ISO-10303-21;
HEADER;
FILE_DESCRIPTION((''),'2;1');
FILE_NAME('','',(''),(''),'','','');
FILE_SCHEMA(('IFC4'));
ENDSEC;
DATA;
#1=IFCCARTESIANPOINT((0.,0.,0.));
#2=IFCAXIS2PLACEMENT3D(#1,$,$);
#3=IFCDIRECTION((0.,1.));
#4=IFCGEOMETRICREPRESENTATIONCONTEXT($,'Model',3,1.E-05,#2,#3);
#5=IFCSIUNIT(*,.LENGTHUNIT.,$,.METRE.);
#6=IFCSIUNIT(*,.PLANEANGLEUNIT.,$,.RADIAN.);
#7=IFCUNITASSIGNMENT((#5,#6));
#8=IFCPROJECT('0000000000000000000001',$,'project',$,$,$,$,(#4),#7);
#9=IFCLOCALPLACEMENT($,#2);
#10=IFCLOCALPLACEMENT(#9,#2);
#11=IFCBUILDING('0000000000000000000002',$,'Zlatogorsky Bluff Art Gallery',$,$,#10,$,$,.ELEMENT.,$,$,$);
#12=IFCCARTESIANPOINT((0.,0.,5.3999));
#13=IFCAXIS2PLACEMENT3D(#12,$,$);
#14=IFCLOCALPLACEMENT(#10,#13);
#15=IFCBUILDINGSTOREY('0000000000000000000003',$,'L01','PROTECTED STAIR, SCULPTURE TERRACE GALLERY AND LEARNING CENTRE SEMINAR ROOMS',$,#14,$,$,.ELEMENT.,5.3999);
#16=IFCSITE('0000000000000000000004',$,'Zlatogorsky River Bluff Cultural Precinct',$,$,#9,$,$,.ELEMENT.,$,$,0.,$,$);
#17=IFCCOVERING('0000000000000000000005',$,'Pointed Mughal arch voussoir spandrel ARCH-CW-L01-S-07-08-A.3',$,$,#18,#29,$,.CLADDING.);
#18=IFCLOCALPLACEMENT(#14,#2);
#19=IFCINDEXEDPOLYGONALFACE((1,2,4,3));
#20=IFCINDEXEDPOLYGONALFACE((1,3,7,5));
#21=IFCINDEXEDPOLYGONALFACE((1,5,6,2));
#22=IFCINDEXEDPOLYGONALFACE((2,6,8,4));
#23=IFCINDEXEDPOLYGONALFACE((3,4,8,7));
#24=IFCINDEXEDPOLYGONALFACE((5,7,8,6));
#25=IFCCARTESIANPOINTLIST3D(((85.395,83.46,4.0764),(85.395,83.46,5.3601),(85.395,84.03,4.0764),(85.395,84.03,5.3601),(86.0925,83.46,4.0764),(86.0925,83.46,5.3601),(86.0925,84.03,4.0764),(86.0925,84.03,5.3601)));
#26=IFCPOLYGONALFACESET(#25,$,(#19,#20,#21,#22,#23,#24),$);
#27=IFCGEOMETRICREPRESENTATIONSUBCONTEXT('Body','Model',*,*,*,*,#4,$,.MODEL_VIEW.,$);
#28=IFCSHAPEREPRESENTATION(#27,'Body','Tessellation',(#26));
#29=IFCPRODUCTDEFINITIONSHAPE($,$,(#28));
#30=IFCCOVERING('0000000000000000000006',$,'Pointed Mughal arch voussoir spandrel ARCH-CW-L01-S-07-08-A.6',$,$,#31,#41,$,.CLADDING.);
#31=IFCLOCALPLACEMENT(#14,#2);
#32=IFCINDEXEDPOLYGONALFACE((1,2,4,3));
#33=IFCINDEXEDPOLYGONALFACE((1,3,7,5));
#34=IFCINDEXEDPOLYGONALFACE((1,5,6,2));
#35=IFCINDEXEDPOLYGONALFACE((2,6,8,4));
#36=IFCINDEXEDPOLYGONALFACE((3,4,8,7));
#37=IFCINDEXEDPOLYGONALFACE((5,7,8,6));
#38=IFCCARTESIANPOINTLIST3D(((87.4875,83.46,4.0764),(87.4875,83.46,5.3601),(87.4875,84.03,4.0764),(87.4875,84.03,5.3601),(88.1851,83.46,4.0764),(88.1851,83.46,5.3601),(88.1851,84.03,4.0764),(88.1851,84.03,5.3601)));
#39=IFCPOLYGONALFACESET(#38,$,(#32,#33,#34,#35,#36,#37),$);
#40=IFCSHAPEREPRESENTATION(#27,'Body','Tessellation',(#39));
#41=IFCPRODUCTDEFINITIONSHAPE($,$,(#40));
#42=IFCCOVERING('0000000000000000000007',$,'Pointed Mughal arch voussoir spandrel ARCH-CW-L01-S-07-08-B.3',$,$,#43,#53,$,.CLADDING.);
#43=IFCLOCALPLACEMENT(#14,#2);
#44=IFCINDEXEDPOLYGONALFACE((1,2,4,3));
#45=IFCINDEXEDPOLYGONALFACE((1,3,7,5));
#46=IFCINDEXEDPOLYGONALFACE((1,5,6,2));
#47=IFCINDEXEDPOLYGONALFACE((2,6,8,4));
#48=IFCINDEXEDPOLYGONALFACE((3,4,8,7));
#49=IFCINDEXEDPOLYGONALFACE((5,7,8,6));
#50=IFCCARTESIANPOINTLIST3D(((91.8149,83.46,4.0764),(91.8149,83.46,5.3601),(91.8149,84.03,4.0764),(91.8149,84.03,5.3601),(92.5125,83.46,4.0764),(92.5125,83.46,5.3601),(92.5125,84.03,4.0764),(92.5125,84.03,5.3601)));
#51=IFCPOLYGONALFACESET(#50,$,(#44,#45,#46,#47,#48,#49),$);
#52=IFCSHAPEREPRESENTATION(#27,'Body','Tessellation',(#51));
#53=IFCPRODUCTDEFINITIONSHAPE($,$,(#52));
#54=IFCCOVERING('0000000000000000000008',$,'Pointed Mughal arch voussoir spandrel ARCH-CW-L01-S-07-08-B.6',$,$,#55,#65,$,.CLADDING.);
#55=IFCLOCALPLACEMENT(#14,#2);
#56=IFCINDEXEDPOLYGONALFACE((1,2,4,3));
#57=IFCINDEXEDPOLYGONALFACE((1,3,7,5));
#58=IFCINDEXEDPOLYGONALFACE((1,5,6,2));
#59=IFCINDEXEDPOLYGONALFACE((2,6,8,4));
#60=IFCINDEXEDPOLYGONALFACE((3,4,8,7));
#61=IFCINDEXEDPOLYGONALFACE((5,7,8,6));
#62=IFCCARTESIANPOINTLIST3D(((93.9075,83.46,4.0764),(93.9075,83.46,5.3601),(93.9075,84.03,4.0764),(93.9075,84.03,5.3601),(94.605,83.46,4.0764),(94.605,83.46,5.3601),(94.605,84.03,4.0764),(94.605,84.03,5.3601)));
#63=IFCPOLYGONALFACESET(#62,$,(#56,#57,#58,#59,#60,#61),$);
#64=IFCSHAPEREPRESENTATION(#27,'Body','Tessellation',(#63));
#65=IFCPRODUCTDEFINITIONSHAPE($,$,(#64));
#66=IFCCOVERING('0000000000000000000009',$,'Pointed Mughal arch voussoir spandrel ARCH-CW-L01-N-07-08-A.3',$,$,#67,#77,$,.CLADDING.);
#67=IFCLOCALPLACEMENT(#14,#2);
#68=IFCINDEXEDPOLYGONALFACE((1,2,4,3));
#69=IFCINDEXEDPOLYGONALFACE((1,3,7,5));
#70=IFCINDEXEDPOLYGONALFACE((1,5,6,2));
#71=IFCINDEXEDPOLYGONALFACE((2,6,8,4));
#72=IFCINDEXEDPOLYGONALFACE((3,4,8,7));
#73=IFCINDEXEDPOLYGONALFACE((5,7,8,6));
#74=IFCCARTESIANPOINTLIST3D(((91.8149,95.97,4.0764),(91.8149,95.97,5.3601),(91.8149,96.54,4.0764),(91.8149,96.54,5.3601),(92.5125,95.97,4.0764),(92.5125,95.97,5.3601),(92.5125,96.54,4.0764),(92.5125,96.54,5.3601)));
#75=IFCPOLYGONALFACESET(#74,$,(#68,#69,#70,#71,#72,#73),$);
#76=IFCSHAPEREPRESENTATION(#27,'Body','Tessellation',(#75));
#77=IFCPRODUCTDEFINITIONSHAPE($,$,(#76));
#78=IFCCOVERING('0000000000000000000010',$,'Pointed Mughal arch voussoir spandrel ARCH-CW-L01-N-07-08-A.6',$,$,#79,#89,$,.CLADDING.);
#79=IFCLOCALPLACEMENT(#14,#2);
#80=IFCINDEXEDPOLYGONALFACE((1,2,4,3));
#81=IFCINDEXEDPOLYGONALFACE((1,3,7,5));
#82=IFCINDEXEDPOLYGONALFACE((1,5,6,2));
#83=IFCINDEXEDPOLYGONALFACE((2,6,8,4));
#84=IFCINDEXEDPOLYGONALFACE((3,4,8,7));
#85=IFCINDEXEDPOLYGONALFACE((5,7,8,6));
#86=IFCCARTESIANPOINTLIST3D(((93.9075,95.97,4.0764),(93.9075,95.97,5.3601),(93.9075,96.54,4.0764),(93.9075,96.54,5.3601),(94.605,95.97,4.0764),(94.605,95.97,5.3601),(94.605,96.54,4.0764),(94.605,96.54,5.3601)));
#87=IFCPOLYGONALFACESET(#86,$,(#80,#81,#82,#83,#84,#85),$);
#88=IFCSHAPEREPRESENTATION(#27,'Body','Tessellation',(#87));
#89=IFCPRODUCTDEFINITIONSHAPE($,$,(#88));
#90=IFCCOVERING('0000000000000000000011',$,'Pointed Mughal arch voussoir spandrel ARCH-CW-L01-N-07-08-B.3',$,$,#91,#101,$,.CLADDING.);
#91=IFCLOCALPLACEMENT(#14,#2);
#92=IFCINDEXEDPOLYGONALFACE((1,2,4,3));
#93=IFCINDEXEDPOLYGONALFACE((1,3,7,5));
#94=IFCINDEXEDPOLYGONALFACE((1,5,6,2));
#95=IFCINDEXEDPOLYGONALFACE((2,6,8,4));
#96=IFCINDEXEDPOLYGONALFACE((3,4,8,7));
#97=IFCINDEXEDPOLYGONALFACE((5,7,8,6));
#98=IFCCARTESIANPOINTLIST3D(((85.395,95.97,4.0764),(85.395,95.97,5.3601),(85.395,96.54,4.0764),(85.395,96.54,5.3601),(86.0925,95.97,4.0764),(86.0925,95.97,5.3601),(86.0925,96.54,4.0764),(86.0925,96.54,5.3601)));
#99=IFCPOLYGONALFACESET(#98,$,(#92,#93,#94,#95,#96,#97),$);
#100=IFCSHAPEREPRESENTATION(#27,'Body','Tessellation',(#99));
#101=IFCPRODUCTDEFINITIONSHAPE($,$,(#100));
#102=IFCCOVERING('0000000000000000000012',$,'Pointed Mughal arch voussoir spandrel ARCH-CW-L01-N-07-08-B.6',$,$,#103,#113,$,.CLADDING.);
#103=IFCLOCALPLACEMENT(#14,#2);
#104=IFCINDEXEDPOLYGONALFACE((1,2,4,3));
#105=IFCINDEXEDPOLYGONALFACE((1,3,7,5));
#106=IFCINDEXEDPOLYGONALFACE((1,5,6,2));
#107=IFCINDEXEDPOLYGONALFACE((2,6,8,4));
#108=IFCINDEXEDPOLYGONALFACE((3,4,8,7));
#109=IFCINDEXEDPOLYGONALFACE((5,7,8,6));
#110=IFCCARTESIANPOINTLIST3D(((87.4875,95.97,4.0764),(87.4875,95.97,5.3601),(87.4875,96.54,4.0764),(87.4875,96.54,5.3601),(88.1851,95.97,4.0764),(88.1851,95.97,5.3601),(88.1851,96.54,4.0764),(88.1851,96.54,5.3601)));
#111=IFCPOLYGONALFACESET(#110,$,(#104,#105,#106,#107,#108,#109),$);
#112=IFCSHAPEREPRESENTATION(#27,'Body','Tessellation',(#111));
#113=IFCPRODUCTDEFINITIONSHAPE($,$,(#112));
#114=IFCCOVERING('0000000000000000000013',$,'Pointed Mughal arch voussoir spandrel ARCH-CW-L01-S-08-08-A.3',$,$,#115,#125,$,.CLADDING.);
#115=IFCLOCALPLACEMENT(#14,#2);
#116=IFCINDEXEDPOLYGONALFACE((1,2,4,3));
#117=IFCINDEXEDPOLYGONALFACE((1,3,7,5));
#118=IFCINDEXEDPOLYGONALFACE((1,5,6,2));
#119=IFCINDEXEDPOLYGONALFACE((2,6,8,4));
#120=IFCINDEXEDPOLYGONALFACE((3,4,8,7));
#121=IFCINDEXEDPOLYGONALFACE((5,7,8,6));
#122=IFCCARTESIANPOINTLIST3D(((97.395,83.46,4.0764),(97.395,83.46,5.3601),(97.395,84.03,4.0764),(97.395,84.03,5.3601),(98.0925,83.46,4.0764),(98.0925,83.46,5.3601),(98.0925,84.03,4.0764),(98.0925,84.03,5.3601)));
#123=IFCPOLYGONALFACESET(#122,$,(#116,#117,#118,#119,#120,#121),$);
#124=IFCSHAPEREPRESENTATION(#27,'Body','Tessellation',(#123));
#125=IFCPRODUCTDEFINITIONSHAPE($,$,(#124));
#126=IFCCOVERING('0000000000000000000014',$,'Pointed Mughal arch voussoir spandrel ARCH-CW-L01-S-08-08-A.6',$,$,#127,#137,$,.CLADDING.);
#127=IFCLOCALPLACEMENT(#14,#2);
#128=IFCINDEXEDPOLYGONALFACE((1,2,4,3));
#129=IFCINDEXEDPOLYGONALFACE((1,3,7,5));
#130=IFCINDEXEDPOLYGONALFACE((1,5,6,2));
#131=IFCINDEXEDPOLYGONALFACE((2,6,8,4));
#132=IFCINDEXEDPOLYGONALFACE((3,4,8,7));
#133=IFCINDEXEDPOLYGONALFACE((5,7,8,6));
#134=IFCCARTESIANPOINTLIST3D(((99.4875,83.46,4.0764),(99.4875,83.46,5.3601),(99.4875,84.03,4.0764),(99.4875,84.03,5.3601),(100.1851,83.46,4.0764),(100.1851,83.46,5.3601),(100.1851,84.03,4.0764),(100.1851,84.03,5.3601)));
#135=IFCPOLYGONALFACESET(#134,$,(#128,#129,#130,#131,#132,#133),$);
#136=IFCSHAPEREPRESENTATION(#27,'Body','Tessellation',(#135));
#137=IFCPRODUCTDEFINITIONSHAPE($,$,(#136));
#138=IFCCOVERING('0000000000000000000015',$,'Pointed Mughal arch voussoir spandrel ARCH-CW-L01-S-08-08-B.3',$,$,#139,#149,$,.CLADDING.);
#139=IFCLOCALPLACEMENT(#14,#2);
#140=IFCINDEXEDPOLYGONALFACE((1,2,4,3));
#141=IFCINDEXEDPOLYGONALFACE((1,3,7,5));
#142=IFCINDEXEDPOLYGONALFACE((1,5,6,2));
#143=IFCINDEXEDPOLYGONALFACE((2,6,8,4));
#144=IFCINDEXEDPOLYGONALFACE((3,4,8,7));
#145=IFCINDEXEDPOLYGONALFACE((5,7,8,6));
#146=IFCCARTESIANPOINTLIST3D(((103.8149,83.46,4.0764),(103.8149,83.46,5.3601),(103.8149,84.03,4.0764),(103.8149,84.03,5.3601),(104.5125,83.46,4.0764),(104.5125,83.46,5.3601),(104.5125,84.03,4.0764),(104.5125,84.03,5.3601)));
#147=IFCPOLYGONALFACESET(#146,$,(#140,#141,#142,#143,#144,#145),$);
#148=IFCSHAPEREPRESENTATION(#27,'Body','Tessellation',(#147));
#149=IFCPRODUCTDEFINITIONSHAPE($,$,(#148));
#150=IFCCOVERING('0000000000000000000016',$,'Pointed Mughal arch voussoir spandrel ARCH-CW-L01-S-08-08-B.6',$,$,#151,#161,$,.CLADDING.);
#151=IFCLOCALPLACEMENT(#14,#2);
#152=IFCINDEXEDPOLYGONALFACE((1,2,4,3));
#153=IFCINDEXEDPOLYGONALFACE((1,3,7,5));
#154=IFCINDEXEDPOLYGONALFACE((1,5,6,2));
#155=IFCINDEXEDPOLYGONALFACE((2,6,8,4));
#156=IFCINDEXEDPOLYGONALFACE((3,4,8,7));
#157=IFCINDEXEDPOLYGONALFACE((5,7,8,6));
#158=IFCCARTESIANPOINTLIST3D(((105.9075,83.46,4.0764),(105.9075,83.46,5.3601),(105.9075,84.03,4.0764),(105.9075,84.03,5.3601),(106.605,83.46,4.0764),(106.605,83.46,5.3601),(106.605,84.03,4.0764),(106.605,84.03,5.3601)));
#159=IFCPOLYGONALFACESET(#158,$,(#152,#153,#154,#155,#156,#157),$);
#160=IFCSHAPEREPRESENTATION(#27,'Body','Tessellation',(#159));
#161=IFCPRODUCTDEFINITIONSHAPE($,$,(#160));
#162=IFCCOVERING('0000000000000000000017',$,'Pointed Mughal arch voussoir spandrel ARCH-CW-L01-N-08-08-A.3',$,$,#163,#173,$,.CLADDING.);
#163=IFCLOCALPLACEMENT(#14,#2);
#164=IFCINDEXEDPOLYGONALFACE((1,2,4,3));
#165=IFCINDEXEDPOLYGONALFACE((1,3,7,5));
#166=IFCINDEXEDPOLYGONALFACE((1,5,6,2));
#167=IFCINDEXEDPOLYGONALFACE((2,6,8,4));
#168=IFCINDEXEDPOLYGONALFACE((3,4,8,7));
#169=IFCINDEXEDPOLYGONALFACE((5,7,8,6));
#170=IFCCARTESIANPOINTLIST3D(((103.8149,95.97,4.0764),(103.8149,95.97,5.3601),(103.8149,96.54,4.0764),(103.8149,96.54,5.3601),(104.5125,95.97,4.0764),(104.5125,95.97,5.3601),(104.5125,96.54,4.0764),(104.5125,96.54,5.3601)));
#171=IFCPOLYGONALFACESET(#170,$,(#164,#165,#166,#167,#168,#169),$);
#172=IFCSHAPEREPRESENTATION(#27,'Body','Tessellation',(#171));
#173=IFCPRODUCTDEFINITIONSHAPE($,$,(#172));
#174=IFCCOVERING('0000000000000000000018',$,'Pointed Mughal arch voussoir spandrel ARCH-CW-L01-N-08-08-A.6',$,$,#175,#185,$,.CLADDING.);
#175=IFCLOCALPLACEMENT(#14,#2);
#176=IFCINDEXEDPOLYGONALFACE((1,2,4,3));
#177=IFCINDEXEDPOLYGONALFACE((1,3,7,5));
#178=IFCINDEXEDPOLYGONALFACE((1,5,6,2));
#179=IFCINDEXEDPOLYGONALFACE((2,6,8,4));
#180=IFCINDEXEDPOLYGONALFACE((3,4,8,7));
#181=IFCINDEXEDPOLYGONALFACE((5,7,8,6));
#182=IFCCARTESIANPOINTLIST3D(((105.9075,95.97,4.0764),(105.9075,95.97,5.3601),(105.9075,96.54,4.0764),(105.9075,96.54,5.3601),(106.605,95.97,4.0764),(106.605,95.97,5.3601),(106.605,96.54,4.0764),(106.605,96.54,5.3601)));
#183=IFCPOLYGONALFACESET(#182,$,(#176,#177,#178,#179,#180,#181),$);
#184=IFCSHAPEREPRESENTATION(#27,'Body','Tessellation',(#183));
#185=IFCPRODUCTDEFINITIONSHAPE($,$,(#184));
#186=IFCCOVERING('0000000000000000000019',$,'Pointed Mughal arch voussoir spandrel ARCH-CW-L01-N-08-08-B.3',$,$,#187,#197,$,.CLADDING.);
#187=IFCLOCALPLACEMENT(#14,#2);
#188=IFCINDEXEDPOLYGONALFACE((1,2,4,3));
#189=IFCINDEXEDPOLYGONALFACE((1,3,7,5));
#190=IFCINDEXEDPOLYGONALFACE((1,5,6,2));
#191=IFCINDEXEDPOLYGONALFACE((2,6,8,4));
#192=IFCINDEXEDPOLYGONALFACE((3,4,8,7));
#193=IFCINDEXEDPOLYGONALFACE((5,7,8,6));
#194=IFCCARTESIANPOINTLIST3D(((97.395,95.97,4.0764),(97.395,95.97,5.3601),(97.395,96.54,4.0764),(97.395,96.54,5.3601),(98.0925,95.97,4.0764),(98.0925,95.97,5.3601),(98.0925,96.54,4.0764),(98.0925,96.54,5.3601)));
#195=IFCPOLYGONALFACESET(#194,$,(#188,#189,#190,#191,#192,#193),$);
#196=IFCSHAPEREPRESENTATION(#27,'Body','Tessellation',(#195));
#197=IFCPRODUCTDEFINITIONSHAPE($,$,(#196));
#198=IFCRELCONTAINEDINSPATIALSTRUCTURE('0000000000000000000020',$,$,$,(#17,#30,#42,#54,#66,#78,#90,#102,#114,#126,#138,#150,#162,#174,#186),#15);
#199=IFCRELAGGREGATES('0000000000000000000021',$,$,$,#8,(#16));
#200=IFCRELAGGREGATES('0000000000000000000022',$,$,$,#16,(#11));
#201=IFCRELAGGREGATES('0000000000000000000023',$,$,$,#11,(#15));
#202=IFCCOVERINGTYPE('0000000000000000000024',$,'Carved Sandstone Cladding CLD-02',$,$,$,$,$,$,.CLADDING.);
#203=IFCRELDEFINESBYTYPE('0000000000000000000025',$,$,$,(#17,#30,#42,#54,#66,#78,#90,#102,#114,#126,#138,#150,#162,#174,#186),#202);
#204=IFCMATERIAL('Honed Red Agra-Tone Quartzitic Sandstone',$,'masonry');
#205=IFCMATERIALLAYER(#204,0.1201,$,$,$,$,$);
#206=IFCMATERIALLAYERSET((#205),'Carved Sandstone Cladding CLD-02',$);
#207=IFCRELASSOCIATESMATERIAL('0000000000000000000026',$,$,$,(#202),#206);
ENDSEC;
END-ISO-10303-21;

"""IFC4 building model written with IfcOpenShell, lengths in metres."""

from ifc_helpers import new_model, si_unit, direction, frame, origin, place, context, subcontext, project, spatial, polyline, outline, extrude, material, layer, layer_set, type_object, element, save


model = new_model("IFC4")

# Units and contexts
model_context = context("Model", 3, precision=1e-05, world=origin(), true_north=direction((0.0, 1.0)))
body_context = subcontext(model_context, "Body", "Model", "MODEL_VIEW")
ifc_project = project(units=[si_unit("LENGTHUNIT", "METRE"), si_unit("PLANEANGLEUNIT", "RADIAN")], contexts=[model_context])

# Site, building, storey
site_placement = place(None, origin())
site = spatial("IfcSite", under=ifc_project, at=site_placement, Name="Zlatogorsky River Bluff Cultural Precinct", CompositionType="ELEMENT", RefElevation=0.0)
building_placement = place(site_placement, origin())
building = spatial("IfcBuilding", under=site, at=building_placement, Name="Zlatogorsky Bluff Art Gallery", CompositionType="ELEMENT")
storey_placement = place(building_placement, frame((0.0, 0.0, 5.3999)))
storey = spatial("IfcBuildingStorey", under=building, at=storey_placement, Name="L01", Description="PROTECTED STAIR, SCULPTURE TERRACE GALLERY AND LEARNING CENTRE SEMINAR ROOMS", CompositionType="ELEMENT", Elevation=5.3999)

# Coverings
ifc_material = material(Name="Honed Red Agra-Tone Quartzitic Sandstone", Category="masonry")
ifc_layer = layer(ifc_material, 0.1201)
ifc_layer_set = layer_set([ifc_layer], Name="Carved Sandstone Cladding CLD-02")
covering_type = type_object("IfcCoveringType", Name="Carved Sandstone Cladding CLD-02", PredefinedType="CLADDING", material=ifc_layer_set)
covering_1_placement = place(storey_placement, frame((0.0, 0.0, 4.0764)))
element("IfcCovering", 1, at=covering_1_placement, inside=storey, type_object=covering_type, Name="Pointed Mughal arch voussoir spandrel ARCH-CW-L01-S-07-08-A.3", PredefinedType="CLADDING", context=body_context, shape_type="SweptSolid", body=[
    extrude(outline(polyline([(85.395, 83.46), (86.0925, 83.46), (86.0925, 84.03), (85.395, 84.03), (85.395, 83.46)])), origin(), (0.0, 0.0, 1.0), 1.2837),
])
covering_2_placement = place(storey_placement, frame((0.0, 0.0, 4.0764)))
element("IfcCovering", 2, at=covering_2_placement, inside=storey, type_object=covering_type, Name="Pointed Mughal arch voussoir spandrel ARCH-CW-L01-S-07-08-A.6", PredefinedType="CLADDING", context=body_context, shape_type="SweptSolid", body=[
    extrude(outline(polyline([(87.4875, 83.46), (88.1851, 83.46), (88.1851, 84.03), (87.4875, 84.03), (87.4875, 83.46)])), origin(), (0.0, 0.0, 1.0), 1.2837),
])
covering_3_placement = place(storey_placement, frame((0.0, 0.0, 4.0764)))
element("IfcCovering", 3, at=covering_3_placement, inside=storey, type_object=covering_type, Name="Pointed Mughal arch voussoir spandrel ARCH-CW-L01-S-07-08-B.3", PredefinedType="CLADDING", context=body_context, shape_type="SweptSolid", body=[
    extrude(outline(polyline([(91.8149, 83.46), (92.5125, 83.46), (92.5125, 84.03), (91.8149, 84.03), (91.8149, 83.46)])), origin(), (0.0, 0.0, 1.0), 1.2837),
])
covering_4_placement = place(storey_placement, frame((0.0, 0.0, 4.0764)))
element("IfcCovering", 4, at=covering_4_placement, inside=storey, type_object=covering_type, Name="Pointed Mughal arch voussoir spandrel ARCH-CW-L01-S-07-08-B.6", PredefinedType="CLADDING", context=body_context, shape_type="SweptSolid", body=[
    extrude(outline(polyline([(93.9075, 83.46), (94.605, 83.46), (94.605, 84.03), (93.9075, 84.03), (93.9075, 83.46)])), origin(), (0.0, 0.0, 1.0), 1.2837),
])
covering_5_placement = place(storey_placement, frame((0.0, 0.0, 4.0764)))
element("IfcCovering", 5, at=covering_5_placement, inside=storey, type_object=covering_type, Name="Pointed Mughal arch voussoir spandrel ARCH-CW-L01-N-07-08-A.3", PredefinedType="CLADDING", context=body_context, shape_type="SweptSolid", body=[
    extrude(outline(polyline([(91.8149, 95.97), (92.5125, 95.97), (92.5125, 96.54), (91.8149, 96.54), (91.8149, 95.97)])), origin(), (0.0, 0.0, 1.0), 1.2837),
])
covering_6_placement = place(storey_placement, frame((0.0, 0.0, 4.0764)))
element("IfcCovering", 6, at=covering_6_placement, inside=storey, type_object=covering_type, Name="Pointed Mughal arch voussoir spandrel ARCH-CW-L01-N-07-08-A.6", PredefinedType="CLADDING", context=body_context, shape_type="SweptSolid", body=[
    extrude(outline(polyline([(93.9075, 95.97), (94.605, 95.97), (94.605, 96.54), (93.9075, 96.54), (93.9075, 95.97)])), origin(), (0.0, 0.0, 1.0), 1.2837),
])
covering_7_placement = place(storey_placement, frame((0.0, 0.0, 4.0764)))
element("IfcCovering", 7, at=covering_7_placement, inside=storey, type_object=covering_type, Name="Pointed Mughal arch voussoir spandrel ARCH-CW-L01-N-07-08-B.3", PredefinedType="CLADDING", context=body_context, shape_type="SweptSolid", body=[
    extrude(outline(polyline([(85.395, 95.97), (86.0925, 95.97), (86.0925, 96.54), (85.395, 96.54), (85.395, 95.97)])), origin(), (0.0, 0.0, 1.0), 1.2837),
])
covering_8_placement = place(storey_placement, frame((0.0, 0.0, 4.0764)))
element("IfcCovering", 8, at=covering_8_placement, inside=storey, type_object=covering_type, Name="Pointed Mughal arch voussoir spandrel ARCH-CW-L01-N-07-08-B.6", PredefinedType="CLADDING", context=body_context, shape_type="SweptSolid", body=[
    extrude(outline(polyline([(87.4875, 95.97), (88.1851, 95.97), (88.1851, 96.54), (87.4875, 96.54), (87.4875, 95.97)])), origin(), (0.0, 0.0, 1.0), 1.2837),
])
covering_9_placement = place(storey_placement, frame((0.0, 0.0, 4.0764)))
element("IfcCovering", 9, at=covering_9_placement, inside=storey, type_object=covering_type, Name="Pointed Mughal arch voussoir spandrel ARCH-CW-L01-S-08-08-A.3", PredefinedType="CLADDING", context=body_context, shape_type="SweptSolid", body=[
    extrude(outline(polyline([(97.395, 83.46), (98.0925, 83.46), (98.0925, 84.03), (97.395, 84.03), (97.395, 83.46)])), origin(), (0.0, 0.0, 1.0), 1.2837),
])
covering_10_placement = place(storey_placement, frame((0.0, 0.0, 4.0764)))
element("IfcCovering", 10, at=covering_10_placement, inside=storey, type_object=covering_type, Name="Pointed Mughal arch voussoir spandrel ARCH-CW-L01-S-08-08-A.6", PredefinedType="CLADDING", context=body_context, shape_type="SweptSolid", body=[
    extrude(outline(polyline([(99.4875, 83.46), (100.1851, 83.46), (100.1851, 84.03), (99.4875, 84.03), (99.4875, 83.46)])), origin(), (0.0, 0.0, 1.0), 1.2837),
])
covering_11_placement = place(storey_placement, frame((0.0, 0.0, 4.0764)))
element("IfcCovering", 11, at=covering_11_placement, inside=storey, type_object=covering_type, Name="Pointed Mughal arch voussoir spandrel ARCH-CW-L01-S-08-08-B.3", PredefinedType="CLADDING", context=body_context, shape_type="SweptSolid", body=[
    extrude(outline(polyline([(103.8149, 83.46), (104.5125, 83.46), (104.5125, 84.03), (103.8149, 84.03), (103.8149, 83.46)])), origin(), (0.0, 0.0, 1.0), 1.2837),
])
covering_12_placement = place(storey_placement, frame((0.0, 0.0, 4.0764)))
element("IfcCovering", 12, at=covering_12_placement, inside=storey, type_object=covering_type, Name="Pointed Mughal arch voussoir spandrel ARCH-CW-L01-S-08-08-B.6", PredefinedType="CLADDING", context=body_context, shape_type="SweptSolid", body=[
    extrude(outline(polyline([(105.9075, 83.46), (106.605, 83.46), (106.605, 84.03), (105.9075, 84.03), (105.9075, 83.46)])), origin(), (0.0, 0.0, 1.0), 1.2837),
])
covering_13_placement = place(storey_placement, frame((0.0, 0.0, 4.0764)))
element("IfcCovering", 13, at=covering_13_placement, inside=storey, type_object=covering_type, Name="Pointed Mughal arch voussoir spandrel ARCH-CW-L01-N-08-08-A.3", PredefinedType="CLADDING", context=body_context, shape_type="SweptSolid", body=[
    extrude(outline(polyline([(103.8149, 95.97), (104.5125, 95.97), (104.5125, 96.54), (103.8149, 96.54), (103.8149, 95.97)])), origin(), (0.0, 0.0, 1.0), 1.2837),
])
covering_14_placement = place(storey_placement, frame((0.0, 0.0, 4.0764)))
element("IfcCovering", 14, at=covering_14_placement, inside=storey, type_object=covering_type, Name="Pointed Mughal arch voussoir spandrel ARCH-CW-L01-N-08-08-A.6", PredefinedType="CLADDING", context=body_context, shape_type="SweptSolid", body=[
    extrude(outline(polyline([(105.9075, 95.97), (106.605, 95.97), (106.605, 96.54), (105.9075, 96.54), (105.9075, 95.97)])), origin(), (0.0, 0.0, 1.0), 1.2837),
])
covering_15_placement = place(storey_placement, frame((0.0, 0.0, 4.0764)))
element("IfcCovering", 15, at=covering_15_placement, inside=storey, type_object=covering_type, Name="Pointed Mughal arch voussoir spandrel ARCH-CW-L01-N-08-08-B.3", PredefinedType="CLADDING", context=body_context, shape_type="SweptSolid", body=[
    extrude(outline(polyline([(97.395, 95.97), (98.0925, 95.97), (98.0925, 96.54), (97.395, 96.54), (97.395, 95.97)])), origin(), (0.0, 0.0, 1.0), 1.2837),
])

save(model, "model.ifc")
